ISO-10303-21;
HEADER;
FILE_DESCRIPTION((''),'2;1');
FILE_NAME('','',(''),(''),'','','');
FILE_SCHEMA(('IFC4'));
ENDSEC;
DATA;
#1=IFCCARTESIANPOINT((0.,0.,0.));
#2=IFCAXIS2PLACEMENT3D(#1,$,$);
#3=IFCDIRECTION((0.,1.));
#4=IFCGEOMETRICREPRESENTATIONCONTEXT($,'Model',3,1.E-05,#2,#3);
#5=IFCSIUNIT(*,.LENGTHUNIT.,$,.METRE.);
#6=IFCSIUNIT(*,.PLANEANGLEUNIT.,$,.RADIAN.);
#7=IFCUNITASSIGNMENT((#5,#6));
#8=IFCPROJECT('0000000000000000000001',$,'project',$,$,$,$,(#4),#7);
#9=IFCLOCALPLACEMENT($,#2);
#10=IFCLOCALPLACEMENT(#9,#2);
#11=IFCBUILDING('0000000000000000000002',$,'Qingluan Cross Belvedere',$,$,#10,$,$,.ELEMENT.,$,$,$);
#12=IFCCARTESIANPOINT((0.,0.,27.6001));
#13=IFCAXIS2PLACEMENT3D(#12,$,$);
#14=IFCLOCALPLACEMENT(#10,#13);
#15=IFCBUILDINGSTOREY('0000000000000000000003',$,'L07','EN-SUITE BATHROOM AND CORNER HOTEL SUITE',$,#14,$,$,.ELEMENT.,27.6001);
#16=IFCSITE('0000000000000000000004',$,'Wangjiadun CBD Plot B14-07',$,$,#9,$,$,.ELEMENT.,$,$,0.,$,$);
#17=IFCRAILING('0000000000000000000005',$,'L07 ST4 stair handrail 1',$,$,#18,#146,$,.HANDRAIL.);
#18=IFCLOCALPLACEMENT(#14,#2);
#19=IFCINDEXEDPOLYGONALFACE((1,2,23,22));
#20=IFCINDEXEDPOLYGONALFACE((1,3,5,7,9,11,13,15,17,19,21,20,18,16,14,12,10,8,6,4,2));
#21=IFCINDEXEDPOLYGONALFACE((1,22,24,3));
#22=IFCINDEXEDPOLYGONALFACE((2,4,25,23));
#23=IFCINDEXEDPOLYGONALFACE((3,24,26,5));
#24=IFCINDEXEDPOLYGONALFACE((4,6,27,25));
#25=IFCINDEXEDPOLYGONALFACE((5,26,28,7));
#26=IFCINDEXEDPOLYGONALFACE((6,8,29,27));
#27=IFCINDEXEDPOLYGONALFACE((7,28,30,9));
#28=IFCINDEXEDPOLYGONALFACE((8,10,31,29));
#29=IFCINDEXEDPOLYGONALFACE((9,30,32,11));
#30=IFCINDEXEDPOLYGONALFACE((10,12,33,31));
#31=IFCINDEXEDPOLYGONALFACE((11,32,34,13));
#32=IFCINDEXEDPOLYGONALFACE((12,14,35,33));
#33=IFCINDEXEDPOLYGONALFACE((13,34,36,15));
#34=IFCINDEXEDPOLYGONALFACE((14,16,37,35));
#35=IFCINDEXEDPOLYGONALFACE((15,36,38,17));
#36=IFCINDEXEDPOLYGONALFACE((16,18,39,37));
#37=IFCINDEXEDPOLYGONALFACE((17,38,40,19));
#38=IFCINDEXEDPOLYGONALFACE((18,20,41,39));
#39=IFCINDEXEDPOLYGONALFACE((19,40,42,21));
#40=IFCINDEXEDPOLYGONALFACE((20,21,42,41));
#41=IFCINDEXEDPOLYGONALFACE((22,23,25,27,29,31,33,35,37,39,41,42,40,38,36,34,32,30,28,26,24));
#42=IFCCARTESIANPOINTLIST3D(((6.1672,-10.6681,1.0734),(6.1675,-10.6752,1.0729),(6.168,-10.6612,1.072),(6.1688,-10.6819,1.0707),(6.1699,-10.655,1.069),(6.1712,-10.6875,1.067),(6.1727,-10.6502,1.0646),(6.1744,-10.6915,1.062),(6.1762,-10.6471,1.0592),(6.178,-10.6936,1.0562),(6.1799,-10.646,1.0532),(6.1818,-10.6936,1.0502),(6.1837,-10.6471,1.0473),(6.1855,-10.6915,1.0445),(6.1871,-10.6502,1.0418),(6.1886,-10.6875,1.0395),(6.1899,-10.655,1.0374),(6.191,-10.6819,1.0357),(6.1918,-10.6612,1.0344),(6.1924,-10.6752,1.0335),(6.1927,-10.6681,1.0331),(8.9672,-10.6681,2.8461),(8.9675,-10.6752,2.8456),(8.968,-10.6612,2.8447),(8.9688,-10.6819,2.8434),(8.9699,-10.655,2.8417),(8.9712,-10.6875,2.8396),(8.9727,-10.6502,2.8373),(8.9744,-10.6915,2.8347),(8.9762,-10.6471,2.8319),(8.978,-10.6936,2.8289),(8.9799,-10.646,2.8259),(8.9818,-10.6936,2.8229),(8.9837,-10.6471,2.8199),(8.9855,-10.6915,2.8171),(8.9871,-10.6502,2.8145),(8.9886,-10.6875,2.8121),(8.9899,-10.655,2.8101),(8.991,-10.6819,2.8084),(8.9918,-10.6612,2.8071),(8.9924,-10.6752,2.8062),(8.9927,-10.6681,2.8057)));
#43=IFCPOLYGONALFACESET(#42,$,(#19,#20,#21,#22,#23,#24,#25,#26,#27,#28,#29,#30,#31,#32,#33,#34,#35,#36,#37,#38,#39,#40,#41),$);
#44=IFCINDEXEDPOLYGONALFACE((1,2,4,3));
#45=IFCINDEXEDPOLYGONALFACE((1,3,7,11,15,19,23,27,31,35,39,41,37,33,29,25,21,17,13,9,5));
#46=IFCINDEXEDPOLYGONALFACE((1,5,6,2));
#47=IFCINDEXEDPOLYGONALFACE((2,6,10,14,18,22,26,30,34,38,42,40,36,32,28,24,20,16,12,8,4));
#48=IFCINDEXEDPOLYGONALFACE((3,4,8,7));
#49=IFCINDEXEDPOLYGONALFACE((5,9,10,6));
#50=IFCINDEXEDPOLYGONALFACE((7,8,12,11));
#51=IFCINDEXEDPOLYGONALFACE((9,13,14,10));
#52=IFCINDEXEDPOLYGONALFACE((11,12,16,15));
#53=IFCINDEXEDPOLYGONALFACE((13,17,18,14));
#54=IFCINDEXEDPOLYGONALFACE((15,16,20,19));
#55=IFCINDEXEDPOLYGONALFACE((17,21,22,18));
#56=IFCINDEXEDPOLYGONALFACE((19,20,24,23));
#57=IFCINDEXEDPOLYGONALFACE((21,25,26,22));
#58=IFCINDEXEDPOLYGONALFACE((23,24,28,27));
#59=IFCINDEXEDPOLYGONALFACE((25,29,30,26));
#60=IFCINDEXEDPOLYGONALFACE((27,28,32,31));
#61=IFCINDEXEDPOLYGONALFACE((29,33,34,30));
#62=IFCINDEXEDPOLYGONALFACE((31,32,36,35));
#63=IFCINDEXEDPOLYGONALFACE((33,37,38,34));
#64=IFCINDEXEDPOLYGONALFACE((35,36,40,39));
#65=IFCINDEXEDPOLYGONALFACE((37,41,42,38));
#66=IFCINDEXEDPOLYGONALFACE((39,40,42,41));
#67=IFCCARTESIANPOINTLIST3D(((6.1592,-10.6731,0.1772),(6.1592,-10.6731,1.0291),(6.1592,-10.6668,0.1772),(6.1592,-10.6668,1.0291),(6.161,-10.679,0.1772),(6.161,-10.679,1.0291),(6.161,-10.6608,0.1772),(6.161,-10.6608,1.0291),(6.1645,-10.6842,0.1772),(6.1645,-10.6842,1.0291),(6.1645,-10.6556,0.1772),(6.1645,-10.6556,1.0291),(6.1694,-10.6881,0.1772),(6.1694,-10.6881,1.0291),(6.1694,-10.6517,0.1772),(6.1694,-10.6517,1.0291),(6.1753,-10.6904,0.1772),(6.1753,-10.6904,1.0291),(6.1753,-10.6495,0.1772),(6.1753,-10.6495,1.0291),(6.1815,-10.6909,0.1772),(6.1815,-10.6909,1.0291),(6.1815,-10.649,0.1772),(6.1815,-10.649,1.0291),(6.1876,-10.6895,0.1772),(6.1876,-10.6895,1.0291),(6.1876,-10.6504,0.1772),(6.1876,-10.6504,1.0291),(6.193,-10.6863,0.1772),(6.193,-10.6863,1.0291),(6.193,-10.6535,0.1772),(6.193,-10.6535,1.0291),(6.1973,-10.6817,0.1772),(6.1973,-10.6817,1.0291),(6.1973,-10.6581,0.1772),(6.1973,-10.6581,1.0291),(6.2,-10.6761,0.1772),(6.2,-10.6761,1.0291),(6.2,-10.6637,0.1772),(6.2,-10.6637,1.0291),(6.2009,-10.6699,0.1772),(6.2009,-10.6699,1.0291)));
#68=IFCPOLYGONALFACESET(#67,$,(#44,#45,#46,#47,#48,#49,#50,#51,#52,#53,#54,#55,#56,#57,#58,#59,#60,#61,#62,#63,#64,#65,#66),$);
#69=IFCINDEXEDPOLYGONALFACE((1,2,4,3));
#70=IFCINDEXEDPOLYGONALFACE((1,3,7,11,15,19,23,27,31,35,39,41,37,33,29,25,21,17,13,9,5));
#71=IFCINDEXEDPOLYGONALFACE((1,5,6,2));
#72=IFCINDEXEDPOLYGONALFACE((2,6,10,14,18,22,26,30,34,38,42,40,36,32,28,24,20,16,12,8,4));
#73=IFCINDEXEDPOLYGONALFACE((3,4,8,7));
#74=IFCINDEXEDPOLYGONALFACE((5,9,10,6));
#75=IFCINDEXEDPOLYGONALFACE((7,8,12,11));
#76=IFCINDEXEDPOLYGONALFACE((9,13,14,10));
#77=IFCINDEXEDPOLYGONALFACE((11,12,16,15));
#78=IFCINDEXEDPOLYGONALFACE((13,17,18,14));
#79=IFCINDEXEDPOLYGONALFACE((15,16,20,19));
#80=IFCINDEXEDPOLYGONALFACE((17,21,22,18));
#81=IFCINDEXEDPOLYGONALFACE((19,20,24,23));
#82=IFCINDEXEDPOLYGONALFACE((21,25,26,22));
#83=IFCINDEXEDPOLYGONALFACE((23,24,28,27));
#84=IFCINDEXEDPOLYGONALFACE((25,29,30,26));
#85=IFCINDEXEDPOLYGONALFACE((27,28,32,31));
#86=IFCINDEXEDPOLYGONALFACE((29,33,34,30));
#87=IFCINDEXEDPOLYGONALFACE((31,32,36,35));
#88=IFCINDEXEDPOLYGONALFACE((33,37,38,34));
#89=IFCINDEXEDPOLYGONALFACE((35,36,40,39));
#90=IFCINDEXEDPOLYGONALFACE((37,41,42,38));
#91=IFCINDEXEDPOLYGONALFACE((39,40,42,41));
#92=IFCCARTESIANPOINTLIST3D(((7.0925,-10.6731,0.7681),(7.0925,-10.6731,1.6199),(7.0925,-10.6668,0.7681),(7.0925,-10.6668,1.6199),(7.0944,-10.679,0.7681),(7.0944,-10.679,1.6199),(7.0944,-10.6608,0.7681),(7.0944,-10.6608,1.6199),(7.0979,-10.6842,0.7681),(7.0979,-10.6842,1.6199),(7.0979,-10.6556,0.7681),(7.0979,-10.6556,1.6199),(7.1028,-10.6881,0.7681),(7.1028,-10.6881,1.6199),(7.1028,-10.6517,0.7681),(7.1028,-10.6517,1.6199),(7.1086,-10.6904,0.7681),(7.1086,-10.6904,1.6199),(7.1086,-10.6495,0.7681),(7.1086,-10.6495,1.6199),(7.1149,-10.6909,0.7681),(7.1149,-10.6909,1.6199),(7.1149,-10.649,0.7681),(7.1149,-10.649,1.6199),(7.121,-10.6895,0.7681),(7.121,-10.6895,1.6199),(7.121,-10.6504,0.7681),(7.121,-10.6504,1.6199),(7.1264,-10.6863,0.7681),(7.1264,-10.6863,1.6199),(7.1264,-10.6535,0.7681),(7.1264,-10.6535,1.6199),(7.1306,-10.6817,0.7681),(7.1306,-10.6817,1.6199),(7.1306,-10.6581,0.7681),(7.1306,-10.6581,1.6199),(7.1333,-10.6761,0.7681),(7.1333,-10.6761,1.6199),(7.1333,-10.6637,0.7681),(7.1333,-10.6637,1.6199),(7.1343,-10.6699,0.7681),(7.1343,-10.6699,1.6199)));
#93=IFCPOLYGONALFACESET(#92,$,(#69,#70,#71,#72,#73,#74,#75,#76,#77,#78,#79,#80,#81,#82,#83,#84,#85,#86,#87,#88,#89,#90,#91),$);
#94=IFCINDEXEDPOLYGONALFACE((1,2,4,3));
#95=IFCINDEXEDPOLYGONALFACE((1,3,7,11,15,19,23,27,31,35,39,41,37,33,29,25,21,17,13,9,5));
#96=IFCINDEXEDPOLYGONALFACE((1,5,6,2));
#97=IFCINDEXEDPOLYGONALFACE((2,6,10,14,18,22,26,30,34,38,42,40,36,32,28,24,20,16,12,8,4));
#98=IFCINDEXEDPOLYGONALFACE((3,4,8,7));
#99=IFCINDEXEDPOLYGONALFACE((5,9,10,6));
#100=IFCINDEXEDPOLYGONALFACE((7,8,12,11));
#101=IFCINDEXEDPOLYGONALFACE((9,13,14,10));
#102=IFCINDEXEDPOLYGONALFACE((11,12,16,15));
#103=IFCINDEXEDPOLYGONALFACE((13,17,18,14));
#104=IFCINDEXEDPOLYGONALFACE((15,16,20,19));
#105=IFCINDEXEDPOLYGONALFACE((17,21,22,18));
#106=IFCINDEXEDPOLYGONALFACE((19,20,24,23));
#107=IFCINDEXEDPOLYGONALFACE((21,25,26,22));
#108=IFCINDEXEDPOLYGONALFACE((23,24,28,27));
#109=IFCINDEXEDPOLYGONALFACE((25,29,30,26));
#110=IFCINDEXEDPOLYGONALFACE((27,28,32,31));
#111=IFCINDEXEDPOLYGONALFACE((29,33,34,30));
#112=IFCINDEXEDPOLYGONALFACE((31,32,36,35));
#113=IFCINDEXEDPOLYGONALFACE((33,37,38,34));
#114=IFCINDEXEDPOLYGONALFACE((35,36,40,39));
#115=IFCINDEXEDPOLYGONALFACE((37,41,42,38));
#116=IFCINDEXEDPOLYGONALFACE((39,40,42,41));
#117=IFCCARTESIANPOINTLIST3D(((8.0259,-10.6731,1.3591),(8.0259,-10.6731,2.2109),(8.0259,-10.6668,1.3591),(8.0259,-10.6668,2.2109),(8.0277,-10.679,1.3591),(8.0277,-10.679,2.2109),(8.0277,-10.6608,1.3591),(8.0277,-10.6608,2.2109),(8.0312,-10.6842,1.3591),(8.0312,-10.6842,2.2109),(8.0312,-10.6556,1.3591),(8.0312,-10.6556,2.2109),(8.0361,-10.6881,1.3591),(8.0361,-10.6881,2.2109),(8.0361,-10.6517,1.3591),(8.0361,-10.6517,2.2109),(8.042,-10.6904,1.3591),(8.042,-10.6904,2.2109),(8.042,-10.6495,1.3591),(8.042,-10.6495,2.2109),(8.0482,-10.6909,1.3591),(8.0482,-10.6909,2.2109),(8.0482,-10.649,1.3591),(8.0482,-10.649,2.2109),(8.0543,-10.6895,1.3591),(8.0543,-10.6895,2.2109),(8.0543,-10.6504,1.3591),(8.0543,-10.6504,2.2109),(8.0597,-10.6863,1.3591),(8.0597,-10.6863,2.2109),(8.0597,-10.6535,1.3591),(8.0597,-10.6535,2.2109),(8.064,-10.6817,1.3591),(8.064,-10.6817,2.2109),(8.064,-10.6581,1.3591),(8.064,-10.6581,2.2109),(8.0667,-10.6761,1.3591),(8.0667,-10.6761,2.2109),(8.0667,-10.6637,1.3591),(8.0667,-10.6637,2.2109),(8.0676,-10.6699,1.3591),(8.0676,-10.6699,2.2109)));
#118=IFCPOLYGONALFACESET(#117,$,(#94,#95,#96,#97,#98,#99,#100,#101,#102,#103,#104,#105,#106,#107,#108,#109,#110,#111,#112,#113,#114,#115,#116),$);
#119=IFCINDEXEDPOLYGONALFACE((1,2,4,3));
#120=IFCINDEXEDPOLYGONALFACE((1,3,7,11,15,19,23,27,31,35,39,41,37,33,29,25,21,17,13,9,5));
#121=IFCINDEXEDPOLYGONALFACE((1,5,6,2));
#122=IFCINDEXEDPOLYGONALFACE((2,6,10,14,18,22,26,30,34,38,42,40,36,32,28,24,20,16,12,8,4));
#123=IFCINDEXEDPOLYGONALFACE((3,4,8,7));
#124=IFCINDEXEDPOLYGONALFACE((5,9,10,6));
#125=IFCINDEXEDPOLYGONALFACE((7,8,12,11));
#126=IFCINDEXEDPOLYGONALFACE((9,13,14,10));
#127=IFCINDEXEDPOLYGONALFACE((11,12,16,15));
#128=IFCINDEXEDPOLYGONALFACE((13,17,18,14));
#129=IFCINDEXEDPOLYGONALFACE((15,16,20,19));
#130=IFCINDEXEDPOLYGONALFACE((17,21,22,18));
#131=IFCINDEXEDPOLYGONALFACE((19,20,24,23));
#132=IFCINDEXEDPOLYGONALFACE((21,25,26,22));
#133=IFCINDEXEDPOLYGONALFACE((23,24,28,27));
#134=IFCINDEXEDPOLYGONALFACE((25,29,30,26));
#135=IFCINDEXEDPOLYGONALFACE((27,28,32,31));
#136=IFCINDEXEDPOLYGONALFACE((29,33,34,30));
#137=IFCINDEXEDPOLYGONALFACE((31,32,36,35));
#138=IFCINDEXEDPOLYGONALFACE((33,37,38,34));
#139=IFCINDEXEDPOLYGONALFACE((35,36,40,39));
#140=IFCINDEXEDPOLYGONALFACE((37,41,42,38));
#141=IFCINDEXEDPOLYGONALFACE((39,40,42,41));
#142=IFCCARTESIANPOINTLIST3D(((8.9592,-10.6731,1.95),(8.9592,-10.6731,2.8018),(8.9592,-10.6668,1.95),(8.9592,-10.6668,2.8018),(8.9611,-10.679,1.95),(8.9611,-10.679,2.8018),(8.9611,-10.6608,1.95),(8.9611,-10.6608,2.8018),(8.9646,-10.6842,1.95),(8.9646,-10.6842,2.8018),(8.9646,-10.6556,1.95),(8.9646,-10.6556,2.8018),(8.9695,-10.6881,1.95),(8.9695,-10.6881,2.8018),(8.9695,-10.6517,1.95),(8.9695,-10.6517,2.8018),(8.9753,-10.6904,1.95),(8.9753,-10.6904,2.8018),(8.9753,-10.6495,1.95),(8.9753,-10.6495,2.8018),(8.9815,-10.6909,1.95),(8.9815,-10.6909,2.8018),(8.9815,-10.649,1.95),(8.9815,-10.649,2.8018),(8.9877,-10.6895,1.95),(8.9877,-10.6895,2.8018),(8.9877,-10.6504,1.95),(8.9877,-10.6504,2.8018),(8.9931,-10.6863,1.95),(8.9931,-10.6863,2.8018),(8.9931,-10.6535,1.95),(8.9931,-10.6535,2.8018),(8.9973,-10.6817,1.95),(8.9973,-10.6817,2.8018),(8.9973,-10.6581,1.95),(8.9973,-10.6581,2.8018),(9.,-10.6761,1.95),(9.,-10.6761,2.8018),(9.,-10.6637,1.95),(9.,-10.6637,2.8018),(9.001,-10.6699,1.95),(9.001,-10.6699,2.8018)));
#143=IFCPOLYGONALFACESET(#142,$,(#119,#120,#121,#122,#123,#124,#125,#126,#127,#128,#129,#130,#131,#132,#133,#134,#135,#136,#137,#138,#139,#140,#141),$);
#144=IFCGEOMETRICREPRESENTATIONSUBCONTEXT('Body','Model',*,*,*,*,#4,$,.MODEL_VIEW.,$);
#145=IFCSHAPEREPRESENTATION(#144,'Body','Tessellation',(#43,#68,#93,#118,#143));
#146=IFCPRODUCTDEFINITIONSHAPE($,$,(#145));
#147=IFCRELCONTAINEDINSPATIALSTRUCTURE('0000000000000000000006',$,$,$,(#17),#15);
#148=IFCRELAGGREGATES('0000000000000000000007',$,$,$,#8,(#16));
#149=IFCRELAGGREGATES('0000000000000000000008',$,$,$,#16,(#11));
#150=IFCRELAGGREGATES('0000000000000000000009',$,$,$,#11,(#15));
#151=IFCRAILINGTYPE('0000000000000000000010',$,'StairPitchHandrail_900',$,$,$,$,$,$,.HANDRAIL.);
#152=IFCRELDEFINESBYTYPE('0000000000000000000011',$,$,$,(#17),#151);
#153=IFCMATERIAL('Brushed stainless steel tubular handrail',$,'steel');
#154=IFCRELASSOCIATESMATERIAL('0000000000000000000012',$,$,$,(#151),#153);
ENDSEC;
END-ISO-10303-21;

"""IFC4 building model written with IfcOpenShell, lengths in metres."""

from ifc_helpers import new_model, si_unit, direction, frame, origin, origin_2d, place, context, subcontext, project, spatial, circle, extrude, material, type_object, element, save


model = new_model("IFC4")

# Units and contexts
model_context = context("Model", 3, precision=1e-05, world=origin(), true_north=direction((0.0, 1.0)))
body_context = subcontext(model_context, "Body", "Model", "MODEL_VIEW")
ifc_project = project(units=[si_unit("LENGTHUNIT", "METRE"), si_unit("PLANEANGLEUNIT", "RADIAN")], contexts=[model_context])

# Site, building, storey
site_placement = place(None, origin())
site = spatial("IfcSite", under=ifc_project, at=site_placement, Name="Wangjiadun CBD Plot B14-07", CompositionType="ELEMENT", RefElevation=0.0)
building_placement = place(site_placement, origin())
building = spatial("IfcBuilding", under=site, at=building_placement, Name="Qingluan Cross Belvedere", CompositionType="ELEMENT")
storey_placement = place(building_placement, frame((0.0, 0.0, 27.6001)))
storey = spatial("IfcBuildingStorey", under=building, at=storey_placement, Name="L07", Description="EN-SUITE BATHROOM AND CORNER HOTEL SUITE", CompositionType="ELEMENT", Elevation=27.6001)

# Railing
ifc_material_1 = material(Name="Brushed stainless steel tubular handrail", Category="steel")
railing_type_1 = type_object("IfcRailingType", Name="StairPitchHandrail_900", PredefinedType="HANDRAIL", material=ifc_material_1)
for number, where, name in (
    (1, (6.1799, -10.6699, 0.1772), "L07 ST4 stair handrail 1"),
):
    element("IfcRailing", number, at=place(storey_placement, frame(where)), inside=storey, type_object=railing_type_1, Name=name, PredefinedType="HANDRAIL", context=body_context, shape_type="SweptSolid", body=[
        extrude(circle(Radius=0.0239, at=origin_2d()), frame((0.0, 0.0, 0.876), z_axis=(0.844909, 0.0, 0.53491), x_axis=(0.0, 1.0, 0.0)), (0.0, 0.0, 1.0), 3.314),
        extrude(circle(Radius=0.021, at=origin_2d()), origin(), (0.0, 0.0, 1.0), 0.8518),
        extrude(circle(Radius=0.021, at=origin_2d()), frame((0.9333, 0.0, 0.5908)), (0.0, 0.0, 1.0), 0.8518),
        extrude(circle(Radius=0.021, at=origin_2d()), frame((1.8667, 0.0, 1.1819)), (0.0, 0.0, 1.0), 0.8518),
        extrude(circle(Radius=0.021, at=origin_2d()), frame((2.8, 0.0, 1.7727)), (0.0, 0.0, 1.0), 0.8518),
    ])

save(model, "model.ifc")
